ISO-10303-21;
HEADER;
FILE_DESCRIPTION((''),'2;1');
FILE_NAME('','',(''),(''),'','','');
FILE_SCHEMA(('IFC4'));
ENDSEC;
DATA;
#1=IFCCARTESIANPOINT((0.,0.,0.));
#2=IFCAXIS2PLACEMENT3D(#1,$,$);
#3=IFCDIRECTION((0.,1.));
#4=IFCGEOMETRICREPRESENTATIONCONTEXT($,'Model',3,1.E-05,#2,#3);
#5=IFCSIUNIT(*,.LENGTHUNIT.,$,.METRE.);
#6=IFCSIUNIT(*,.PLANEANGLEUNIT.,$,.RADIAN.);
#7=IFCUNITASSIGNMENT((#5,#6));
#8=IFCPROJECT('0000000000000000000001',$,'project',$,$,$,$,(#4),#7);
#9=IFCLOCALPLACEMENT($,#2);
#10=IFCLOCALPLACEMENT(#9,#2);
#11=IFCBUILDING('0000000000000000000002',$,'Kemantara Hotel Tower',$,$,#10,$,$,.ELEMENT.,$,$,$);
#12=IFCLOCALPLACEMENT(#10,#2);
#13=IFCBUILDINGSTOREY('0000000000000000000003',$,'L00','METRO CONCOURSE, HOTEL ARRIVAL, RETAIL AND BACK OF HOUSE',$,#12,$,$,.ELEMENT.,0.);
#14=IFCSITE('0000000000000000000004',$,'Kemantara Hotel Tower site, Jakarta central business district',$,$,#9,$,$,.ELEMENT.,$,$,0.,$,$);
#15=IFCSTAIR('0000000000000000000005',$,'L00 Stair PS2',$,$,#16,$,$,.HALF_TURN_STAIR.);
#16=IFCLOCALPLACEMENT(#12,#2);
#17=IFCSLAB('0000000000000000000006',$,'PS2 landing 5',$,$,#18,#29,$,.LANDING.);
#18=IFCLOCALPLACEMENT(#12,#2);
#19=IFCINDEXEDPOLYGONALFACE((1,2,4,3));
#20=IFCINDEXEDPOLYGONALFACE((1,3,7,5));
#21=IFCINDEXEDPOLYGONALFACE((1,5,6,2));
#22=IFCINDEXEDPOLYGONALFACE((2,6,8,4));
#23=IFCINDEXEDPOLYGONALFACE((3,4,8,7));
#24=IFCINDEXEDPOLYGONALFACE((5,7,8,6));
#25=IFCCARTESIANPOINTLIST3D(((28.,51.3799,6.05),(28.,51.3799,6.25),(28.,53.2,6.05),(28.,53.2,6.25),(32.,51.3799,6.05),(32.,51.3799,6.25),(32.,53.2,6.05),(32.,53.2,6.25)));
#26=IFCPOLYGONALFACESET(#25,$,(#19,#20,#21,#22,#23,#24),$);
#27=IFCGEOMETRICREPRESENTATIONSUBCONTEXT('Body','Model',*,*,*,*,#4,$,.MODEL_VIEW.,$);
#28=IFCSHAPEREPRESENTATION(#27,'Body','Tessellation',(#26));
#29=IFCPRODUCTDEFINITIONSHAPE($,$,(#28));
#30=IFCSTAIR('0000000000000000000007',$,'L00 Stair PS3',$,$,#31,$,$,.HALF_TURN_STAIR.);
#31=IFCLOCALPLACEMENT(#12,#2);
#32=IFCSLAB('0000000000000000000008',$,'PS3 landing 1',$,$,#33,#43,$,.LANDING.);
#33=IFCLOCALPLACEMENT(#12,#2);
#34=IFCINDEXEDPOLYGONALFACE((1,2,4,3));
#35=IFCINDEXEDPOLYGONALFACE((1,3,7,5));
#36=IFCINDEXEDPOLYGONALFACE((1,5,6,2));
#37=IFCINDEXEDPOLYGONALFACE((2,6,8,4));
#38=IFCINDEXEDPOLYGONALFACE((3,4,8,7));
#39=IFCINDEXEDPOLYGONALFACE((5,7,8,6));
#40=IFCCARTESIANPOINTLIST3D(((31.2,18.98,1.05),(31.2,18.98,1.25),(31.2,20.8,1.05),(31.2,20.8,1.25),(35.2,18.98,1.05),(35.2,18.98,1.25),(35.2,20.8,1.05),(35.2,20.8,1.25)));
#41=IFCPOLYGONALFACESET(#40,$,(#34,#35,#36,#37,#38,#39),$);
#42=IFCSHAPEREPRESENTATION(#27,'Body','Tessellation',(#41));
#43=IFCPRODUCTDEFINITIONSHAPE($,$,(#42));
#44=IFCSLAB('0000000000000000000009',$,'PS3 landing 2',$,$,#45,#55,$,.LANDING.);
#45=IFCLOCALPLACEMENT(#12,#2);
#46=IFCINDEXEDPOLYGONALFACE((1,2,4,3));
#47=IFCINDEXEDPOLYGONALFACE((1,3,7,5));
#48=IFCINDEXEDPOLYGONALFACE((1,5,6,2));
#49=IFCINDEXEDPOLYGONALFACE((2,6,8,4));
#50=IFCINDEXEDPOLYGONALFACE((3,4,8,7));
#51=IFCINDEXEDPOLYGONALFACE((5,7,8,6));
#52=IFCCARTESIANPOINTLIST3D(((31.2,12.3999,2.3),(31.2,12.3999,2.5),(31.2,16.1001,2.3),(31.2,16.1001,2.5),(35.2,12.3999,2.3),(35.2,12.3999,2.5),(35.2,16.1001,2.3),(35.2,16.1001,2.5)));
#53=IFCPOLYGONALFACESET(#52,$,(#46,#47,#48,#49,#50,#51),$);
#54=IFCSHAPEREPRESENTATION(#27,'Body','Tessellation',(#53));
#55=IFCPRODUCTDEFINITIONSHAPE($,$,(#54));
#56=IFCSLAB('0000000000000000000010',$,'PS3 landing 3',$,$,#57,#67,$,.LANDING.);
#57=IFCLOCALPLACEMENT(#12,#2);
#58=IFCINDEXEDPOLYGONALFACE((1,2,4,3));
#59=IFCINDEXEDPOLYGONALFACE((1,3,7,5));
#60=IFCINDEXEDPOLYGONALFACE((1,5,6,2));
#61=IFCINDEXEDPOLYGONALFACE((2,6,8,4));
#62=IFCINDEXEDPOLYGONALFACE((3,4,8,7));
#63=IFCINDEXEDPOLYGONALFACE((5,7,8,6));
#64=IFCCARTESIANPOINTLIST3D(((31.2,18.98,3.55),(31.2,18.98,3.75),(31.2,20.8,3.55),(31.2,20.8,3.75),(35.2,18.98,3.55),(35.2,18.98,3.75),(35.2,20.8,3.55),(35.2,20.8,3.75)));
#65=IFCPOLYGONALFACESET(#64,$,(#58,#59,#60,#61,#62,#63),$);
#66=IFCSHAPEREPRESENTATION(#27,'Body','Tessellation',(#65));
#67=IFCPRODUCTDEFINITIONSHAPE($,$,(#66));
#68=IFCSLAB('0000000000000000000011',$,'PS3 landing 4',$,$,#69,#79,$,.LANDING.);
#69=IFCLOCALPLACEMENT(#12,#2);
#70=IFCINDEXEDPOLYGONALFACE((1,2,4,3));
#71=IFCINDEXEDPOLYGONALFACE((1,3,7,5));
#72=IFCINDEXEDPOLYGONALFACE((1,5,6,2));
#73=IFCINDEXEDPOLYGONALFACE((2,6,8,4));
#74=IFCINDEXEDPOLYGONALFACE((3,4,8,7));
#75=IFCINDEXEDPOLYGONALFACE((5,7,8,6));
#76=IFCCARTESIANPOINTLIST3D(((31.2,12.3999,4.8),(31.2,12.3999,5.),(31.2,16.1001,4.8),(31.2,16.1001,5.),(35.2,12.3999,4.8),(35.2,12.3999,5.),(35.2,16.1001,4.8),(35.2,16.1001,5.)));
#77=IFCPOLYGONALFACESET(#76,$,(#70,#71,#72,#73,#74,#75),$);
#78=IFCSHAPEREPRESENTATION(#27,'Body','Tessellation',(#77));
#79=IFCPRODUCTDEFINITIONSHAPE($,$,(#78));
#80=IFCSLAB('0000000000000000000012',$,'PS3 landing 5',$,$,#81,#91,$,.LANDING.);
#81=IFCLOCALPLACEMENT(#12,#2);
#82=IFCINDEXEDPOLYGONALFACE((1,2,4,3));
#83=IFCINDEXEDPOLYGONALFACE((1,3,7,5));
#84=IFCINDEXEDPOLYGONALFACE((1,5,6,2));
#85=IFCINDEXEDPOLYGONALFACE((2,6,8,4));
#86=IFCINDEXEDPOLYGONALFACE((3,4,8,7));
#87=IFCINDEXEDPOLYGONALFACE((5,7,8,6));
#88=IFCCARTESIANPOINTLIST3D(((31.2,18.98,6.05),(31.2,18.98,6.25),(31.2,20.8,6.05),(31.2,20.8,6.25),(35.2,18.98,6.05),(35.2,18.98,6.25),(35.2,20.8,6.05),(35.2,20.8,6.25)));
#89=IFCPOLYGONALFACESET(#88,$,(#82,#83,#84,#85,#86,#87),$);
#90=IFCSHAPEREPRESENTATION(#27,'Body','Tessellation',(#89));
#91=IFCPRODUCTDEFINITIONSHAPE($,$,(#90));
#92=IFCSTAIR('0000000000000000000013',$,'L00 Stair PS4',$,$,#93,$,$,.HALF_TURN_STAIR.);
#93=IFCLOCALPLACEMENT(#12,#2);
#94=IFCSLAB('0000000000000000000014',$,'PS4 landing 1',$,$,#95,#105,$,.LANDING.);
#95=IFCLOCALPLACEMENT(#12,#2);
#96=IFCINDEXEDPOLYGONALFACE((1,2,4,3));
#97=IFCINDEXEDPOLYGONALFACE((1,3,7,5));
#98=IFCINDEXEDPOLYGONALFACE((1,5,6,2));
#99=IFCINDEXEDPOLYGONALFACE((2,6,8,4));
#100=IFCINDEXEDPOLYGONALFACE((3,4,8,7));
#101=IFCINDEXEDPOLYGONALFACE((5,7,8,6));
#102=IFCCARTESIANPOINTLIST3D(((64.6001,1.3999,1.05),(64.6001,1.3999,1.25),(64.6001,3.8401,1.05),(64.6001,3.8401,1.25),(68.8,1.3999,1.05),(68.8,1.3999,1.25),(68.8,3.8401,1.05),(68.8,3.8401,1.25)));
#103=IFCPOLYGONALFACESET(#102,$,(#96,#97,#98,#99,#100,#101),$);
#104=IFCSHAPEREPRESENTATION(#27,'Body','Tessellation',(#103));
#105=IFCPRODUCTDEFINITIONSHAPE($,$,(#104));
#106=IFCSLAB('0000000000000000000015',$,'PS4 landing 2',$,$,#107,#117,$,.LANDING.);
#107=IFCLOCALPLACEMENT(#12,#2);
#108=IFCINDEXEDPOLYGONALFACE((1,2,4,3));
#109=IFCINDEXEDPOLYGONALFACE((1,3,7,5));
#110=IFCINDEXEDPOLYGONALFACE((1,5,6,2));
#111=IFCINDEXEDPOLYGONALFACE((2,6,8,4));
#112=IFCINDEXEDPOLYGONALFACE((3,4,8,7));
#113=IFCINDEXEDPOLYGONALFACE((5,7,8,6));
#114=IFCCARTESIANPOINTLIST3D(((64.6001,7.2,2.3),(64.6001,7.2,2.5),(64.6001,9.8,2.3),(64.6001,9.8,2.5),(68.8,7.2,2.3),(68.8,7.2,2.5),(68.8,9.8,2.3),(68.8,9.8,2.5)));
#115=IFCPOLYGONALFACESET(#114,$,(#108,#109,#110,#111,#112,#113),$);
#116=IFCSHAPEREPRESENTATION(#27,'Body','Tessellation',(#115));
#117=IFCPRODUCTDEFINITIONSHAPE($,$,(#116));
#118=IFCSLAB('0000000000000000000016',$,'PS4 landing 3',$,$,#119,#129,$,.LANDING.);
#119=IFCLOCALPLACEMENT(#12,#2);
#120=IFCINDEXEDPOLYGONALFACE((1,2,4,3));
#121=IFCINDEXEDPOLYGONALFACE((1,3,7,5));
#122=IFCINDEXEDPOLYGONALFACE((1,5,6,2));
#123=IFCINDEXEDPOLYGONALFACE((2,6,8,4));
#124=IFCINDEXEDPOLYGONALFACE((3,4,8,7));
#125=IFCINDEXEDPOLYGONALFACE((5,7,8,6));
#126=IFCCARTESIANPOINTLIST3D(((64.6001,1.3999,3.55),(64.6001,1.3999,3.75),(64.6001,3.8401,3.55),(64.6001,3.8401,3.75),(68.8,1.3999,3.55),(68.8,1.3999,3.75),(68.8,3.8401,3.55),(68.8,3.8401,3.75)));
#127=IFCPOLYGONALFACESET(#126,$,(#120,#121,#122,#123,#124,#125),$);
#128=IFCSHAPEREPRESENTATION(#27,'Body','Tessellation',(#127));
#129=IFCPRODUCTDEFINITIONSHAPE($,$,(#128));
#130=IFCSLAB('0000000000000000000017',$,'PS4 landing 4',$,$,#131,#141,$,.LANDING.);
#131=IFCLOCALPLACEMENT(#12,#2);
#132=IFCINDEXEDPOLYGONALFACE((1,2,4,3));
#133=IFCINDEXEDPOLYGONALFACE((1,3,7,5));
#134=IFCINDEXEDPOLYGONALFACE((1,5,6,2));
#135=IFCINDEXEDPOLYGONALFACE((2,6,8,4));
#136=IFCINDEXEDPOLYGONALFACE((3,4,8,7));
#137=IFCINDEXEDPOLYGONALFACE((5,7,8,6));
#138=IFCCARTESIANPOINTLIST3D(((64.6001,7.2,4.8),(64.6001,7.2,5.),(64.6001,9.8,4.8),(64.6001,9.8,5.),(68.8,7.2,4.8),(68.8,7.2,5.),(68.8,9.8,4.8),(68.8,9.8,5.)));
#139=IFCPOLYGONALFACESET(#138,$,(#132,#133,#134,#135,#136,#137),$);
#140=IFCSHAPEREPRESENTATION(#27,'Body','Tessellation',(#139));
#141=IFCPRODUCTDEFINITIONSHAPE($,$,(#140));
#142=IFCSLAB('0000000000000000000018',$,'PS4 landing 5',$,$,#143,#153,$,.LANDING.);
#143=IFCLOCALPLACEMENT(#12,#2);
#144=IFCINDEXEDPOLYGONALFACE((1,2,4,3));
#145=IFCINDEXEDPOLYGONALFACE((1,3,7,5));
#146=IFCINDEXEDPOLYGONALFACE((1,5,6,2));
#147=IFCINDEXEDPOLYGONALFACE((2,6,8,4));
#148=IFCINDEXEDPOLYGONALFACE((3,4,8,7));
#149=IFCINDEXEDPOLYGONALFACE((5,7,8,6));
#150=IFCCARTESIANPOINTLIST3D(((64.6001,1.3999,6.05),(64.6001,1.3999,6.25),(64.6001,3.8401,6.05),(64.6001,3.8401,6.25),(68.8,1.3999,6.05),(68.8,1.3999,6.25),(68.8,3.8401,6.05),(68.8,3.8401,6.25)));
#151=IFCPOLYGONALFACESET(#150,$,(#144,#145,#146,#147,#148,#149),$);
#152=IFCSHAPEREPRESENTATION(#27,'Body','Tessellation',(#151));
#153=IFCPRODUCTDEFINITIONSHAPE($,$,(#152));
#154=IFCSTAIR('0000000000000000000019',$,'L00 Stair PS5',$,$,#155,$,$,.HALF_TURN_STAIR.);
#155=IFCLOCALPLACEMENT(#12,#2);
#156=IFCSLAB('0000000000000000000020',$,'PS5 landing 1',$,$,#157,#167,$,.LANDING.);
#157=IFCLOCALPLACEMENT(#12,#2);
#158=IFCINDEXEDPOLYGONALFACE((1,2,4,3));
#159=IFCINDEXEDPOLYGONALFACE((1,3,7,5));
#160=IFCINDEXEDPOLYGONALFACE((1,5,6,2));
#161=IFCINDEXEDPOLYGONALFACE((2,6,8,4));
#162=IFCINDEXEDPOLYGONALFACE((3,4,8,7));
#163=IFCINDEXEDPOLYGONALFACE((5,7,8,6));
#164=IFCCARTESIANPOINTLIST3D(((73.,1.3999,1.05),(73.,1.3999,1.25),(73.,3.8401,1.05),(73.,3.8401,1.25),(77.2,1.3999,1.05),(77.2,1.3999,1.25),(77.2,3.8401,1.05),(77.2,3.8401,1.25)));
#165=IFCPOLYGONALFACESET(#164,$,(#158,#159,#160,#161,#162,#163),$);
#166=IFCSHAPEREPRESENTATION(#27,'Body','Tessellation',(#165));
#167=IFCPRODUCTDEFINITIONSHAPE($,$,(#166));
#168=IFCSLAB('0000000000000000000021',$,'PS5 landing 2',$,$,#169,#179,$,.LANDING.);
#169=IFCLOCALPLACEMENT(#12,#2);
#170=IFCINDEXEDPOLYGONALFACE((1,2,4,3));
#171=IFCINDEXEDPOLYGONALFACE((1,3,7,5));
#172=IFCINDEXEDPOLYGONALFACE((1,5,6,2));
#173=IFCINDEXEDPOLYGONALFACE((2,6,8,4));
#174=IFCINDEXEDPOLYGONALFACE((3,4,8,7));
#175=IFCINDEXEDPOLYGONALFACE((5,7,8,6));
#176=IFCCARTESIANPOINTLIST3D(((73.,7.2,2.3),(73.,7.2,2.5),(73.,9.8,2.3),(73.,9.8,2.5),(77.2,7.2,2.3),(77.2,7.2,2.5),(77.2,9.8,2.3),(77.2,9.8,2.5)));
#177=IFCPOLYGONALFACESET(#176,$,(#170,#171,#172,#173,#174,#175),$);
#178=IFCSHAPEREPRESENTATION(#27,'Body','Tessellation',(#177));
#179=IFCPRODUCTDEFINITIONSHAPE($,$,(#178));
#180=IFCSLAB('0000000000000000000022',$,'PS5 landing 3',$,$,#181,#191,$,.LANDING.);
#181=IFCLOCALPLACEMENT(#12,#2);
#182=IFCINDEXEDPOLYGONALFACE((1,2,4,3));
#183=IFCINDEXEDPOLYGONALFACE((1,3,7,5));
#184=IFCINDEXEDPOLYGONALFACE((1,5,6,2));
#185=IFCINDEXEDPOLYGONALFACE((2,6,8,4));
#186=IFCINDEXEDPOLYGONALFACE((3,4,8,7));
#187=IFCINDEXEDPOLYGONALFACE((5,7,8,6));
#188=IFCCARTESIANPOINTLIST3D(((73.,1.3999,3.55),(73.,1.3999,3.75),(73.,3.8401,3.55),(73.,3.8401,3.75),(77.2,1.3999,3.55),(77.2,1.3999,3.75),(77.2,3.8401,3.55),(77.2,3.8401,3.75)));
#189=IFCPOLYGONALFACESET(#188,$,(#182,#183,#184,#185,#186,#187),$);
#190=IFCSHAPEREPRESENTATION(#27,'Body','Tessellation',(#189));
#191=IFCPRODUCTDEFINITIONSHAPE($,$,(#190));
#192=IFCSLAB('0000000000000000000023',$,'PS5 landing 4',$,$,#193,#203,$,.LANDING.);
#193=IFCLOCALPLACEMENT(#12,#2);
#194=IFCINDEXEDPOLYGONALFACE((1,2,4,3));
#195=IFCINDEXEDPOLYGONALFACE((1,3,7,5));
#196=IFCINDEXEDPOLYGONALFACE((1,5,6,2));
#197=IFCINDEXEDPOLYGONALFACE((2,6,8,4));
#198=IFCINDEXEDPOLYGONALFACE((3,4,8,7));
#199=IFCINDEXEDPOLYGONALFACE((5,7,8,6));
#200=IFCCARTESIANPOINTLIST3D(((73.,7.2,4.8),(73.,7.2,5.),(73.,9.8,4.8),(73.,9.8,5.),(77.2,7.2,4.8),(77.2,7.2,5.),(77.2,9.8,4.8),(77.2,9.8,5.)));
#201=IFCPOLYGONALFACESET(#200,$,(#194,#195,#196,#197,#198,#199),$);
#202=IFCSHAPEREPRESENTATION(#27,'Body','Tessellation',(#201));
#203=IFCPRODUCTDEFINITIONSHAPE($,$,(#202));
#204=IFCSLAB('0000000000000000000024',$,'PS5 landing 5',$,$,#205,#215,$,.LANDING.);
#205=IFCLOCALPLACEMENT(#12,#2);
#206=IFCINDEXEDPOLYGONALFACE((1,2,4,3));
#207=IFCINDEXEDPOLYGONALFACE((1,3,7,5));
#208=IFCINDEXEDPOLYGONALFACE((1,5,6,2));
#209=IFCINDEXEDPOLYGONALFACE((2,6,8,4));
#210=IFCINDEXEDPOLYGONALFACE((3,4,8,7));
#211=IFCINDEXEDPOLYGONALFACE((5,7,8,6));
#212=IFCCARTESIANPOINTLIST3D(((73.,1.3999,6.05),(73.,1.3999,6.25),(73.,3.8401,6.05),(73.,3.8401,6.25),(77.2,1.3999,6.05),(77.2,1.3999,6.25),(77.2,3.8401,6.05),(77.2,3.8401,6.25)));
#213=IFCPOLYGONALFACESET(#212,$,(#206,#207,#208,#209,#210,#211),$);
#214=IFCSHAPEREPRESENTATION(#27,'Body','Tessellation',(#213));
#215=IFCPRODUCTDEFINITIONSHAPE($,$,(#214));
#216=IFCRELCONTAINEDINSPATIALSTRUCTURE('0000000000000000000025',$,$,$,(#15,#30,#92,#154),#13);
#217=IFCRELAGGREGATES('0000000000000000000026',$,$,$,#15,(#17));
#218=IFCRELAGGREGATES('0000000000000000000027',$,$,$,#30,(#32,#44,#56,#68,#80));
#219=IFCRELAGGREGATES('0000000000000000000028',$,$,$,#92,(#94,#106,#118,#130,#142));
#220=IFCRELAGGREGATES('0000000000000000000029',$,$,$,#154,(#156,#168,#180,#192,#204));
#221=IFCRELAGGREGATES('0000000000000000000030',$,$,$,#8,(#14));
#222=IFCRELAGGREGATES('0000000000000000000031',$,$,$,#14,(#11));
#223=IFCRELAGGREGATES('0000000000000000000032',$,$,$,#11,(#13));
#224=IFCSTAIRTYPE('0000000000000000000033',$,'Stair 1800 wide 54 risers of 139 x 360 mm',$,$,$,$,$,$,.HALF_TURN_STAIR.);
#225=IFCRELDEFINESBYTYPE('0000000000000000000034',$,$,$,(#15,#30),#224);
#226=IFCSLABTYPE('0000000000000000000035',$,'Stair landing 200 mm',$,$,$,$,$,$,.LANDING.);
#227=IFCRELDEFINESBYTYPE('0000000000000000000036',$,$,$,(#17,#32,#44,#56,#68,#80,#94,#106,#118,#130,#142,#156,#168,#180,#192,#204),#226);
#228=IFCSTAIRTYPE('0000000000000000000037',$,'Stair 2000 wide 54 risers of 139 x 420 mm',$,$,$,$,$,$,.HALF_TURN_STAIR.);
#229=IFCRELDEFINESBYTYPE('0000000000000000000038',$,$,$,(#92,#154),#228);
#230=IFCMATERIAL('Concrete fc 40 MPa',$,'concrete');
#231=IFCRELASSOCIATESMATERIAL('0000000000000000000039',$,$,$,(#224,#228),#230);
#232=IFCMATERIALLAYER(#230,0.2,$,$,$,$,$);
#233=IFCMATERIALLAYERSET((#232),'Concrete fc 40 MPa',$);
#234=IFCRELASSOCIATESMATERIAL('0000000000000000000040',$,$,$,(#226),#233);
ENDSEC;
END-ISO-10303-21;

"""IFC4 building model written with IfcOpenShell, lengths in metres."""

from ifc_helpers import new_model, si_unit, direction, frame, origin, place, context, subcontext, project, spatial, polyline, outline, extrude, material, layer, layer_set, type_object, element, aggregate, save


model = new_model("IFC4")

# Units and contexts
model_context = context("Model", 3, precision=1e-05, world=origin(), true_north=direction((0.0, 1.0)))
body_context = subcontext(model_context, "Body", "Model", "MODEL_VIEW")
ifc_project = project(units=[si_unit("LENGTHUNIT", "METRE"), si_unit("PLANEANGLEUNIT", "RADIAN")], contexts=[model_context])

# Site, building, storey
site_placement = place(None, origin())
site = spatial("IfcSite", under=ifc_project, at=site_placement, Name="Kemantara Hotel Tower site, Jakarta central business district", CompositionType="ELEMENT", RefElevation=0.0)
building_placement = place(site_placement, origin())
building = spatial("IfcBuilding", under=site, at=building_placement, Name="Kemantara Hotel Tower", CompositionType="ELEMENT")
storey_placement = place(building_placement, origin())
storey = spatial("IfcBuildingStorey", under=building, at=storey_placement, Name="L00", Description="METRO CONCOURSE, HOTEL ARRIVAL, RETAIL AND BACK OF HOUSE", CompositionType="ELEMENT", Elevation=0.0)

# Stairs, slabs
ifc_material_1 = material(Name="Concrete fc 40 MPa", Category="concrete")
stair_type_1 = type_object("IfcStairType", Name="Stair 1800 wide 54 risers of 139 x 360 mm", PredefinedType="HALF_TURN_STAIR", material=ifc_material_1)
ifc_layer_1 = layer(ifc_material_1, 0.2)
ifc_layer_set_1 = layer_set([ifc_layer_1], Name="Concrete fc 40 MPa")
slab_type = type_object("IfcSlabType", Name="Stair landing 200 mm", PredefinedType="LANDING", material=ifc_layer_set_1)
stair_1_placement = place(storey_placement, origin())
stair_1 = element("IfcStair", 1, at=stair_1_placement, inside=storey, type_object=stair_type_1, Name="L00 Stair PS2", PredefinedType="HALF_TURN_STAIR")
slab_1_placement = place(storey_placement, frame((0.0, 0.0, 6.05)))
slab_1 = element("IfcSlab", 2, at=slab_1_placement, type_object=slab_type, Name="PS2 landing 5", PredefinedType="LANDING", context=body_context, shape_type="SweptSolid", body=[
    extrude(outline(polyline([(32.0, 51.3799), (32.0, 53.2), (28.0, 53.2), (28.0, 51.3799), (32.0, 51.3799)])), origin(), (0.0, 0.0, 1.0), 0.2),
])
aggregate(stair_1, [slab_1])
stair_2_placement = place(storey_placement, origin())
stair_2 = element("IfcStair", 3, at=stair_2_placement, inside=storey, type_object=stair_type_1, Name="L00 Stair PS3", PredefinedType="HALF_TURN_STAIR")
slab_2_placement = place(storey_placement, frame((0.0, 0.0, 1.05)))
slab_2 = element("IfcSlab", 4, at=slab_2_placement, type_object=slab_type, Name="PS3 landing 1", PredefinedType="LANDING", context=body_context, shape_type="SweptSolid", body=[
    extrude(outline(polyline([(35.2, 18.98), (35.2, 20.8), (31.2, 20.8), (31.2, 18.98), (35.2, 18.98)])), origin(), (0.0, 0.0, 1.0), 0.2),
])
slab_3_placement = place(storey_placement, frame((0.0, 0.0, 2.3)))
slab_3 = element("IfcSlab", 5, at=slab_3_placement, type_object=slab_type, Name="PS3 landing 2", PredefinedType="LANDING", context=body_context, shape_type="SweptSolid", body=[
    extrude(outline(polyline([(35.2, 12.3999), (35.2, 16.1001), (31.2, 16.1001), (31.2, 12.3999), (35.2, 12.3999)])), origin(), (0.0, 0.0, 1.0), 0.2),
])
slab_4_placement = place(storey_placement, frame((0.0, 0.0, 3.55)))
slab_4 = element("IfcSlab", 6, at=slab_4_placement, type_object=slab_type, Name="PS3 landing 3", PredefinedType="LANDING", context=body_context, shape_type="SweptSolid", body=[
    extrude(outline(polyline([(35.2, 18.98), (35.2, 20.8), (31.2, 20.8), (31.2, 18.98), (35.2, 18.98)])), origin(), (0.0, 0.0, 1.0), 0.2),
])
slab_5_placement = place(storey_placement, frame((0.0, 0.0, 4.8)))
slab_5 = element("IfcSlab", 7, at=slab_5_placement, type_object=slab_type, Name="PS3 landing 4", PredefinedType="LANDING", context=body_context, shape_type="SweptSolid", body=[
    extrude(outline(polyline([(35.2, 12.3999), (35.2, 16.1001), (31.2, 16.1001), (31.2, 12.3999), (35.2, 12.3999)])), origin(), (0.0, 0.0, 1.0), 0.2),
])
slab_6_placement = place(storey_placement, frame((0.0, 0.0, 6.05)))
slab_6 = element("IfcSlab", 8, at=slab_6_placement, type_object=slab_type, Name="PS3 landing 5", PredefinedType="LANDING", context=body_context, shape_type="SweptSolid", body=[
    extrude(outline(polyline([(35.2, 18.98), (35.2, 20.8), (31.2, 20.8), (31.2, 18.98), (35.2, 18.98)])), origin(), (0.0, 0.0, 1.0), 0.2),
])
aggregate(stair_2, [slab_2, slab_3, slab_4, slab_5, slab_6])
stair_type_2 = type_object("IfcStairType", Name="Stair 2000 wide 54 risers of 139 x 420 mm", PredefinedType="HALF_TURN_STAIR", material=ifc_material_1)
stair_3_placement = place(storey_placement, origin())
stair_3 = element("IfcStair", 9, at=stair_3_placement, inside=storey, type_object=stair_type_2, Name="L00 Stair PS4", PredefinedType="HALF_TURN_STAIR")
slab_7_placement = place(storey_placement, frame((0.0, 0.0, 1.05)))
slab_7 = element("IfcSlab", 10, at=slab_7_placement, type_object=slab_type, Name="PS4 landing 1", PredefinedType="LANDING", context=body_context, shape_type="SweptSolid", body=[
    extrude(outline(polyline([(64.6001, 3.8401), (64.6001, 1.3999), (68.8, 1.3999), (68.8, 3.8401), (64.6001, 3.8401)])), origin(), (0.0, 0.0, 1.0), 0.2),
])
slab_8_placement = place(storey_placement, frame((0.0, 0.0, 2.3)))
slab_8 = element("IfcSlab", 11, at=slab_8_placement, type_object=slab_type, Name="PS4 landing 2", PredefinedType="LANDING", context=body_context, shape_type="SweptSolid", body=[
    extrude(outline(polyline([(64.6001, 9.8), (64.6001, 7.2), (68.8, 7.2), (68.8, 9.8), (64.6001, 9.8)])), origin(), (0.0, 0.0, 1.0), 0.2),
])
slab_9_placement = place(storey_placement, frame((0.0, 0.0, 3.55)))
slab_9 = element("IfcSlab", 12, at=slab_9_placement, type_object=slab_type, Name="PS4 landing 3", PredefinedType="LANDING", context=body_context, shape_type="SweptSolid", body=[
    extrude(outline(polyline([(64.6001, 3.8401), (64.6001, 1.3999), (68.8, 1.3999), (68.8, 3.8401), (64.6001, 3.8401)])), origin(), (0.0, 0.0, 1.0), 0.2),
])
slab_10_placement = place(storey_placement, frame((0.0, 0.0, 4.8)))
slab_10 = element("IfcSlab", 13, at=slab_10_placement, type_object=slab_type, Name="PS4 landing 4", PredefinedType="LANDING", context=body_context, shape_type="SweptSolid", body=[
    extrude(outline(polyline([(64.6001, 9.8), (64.6001, 7.2), (68.8, 7.2), (68.8, 9.8), (64.6001, 9.8)])), origin(), (0.0, 0.0, 1.0), 0.2),
])
slab_11_placement = place(storey_placement, frame((0.0, 0.0, 6.05)))
slab_11 = element("IfcSlab", 14, at=slab_11_placement, type_object=slab_type, Name="PS4 landing 5", PredefinedType="LANDING", context=body_context, shape_type="SweptSolid", body=[
    extrude(outline(polyline([(64.6001, 3.8401), (64.6001, 1.3999), (68.8, 1.3999), (68.8, 3.8401), (64.6001, 3.8401)])), origin(), (0.0, 0.0, 1.0), 0.2),
])
aggregate(stair_3, [slab_7, slab_8, slab_9, slab_10, slab_11])
stair_4_placement = place(storey_placement, origin())
stair_4 = element("IfcStair", 15, at=stair_4_placement, inside=storey, type_object=stair_type_2, Name="L00 Stair PS5", PredefinedType="HALF_TURN_STAIR")
slab_12_placement = place(storey_placement, frame((0.0, 0.0, 1.05)))
slab_12 = element("IfcSlab", 16, at=slab_12_placement, type_object=slab_type, Name="PS5 landing 1", PredefinedType="LANDING", context=body_context, shape_type="SweptSolid", body=[
    extrude(outline(polyline([(73.0, 3.8401), (73.0, 1.3999), (77.2, 1.3999), (77.2, 3.8401), (73.0, 3.8401)])), origin(), (0.0, 0.0, 1.0), 0.2),
])
slab_13_placement = place(storey_placement, frame((0.0, 0.0, 2.3)))
slab_13 = element("IfcSlab", 17, at=slab_13_placement, type_object=slab_type, Name="PS5 landing 2", PredefinedType="LANDING", context=body_context, shape_type="SweptSolid", body=[
    extrude(outline(polyline([(73.0, 9.8), (73.0, 7.2), (77.2, 7.2), (77.2, 9.8), (73.0, 9.8)])), origin(), (0.0, 0.0, 1.0), 0.2),
])
slab_14_placement = place(storey_placement, frame((0.0, 0.0, 3.55)))
slab_14 = element("IfcSlab", 18, at=slab_14_placement, type_object=slab_type, Name="PS5 landing 3", PredefinedType="LANDING", context=body_context, shape_type="SweptSolid", body=[
    extrude(outline(polyline([(73.0, 3.8401), (73.0, 1.3999), (77.2, 1.3999), (77.2, 3.8401), (73.0, 3.8401)])), origin(), (0.0, 0.0, 1.0), 0.2),
])
slab_15_placement = place(storey_placement, frame((0.0, 0.0, 4.8)))
slab_15 = element("IfcSlab", 19, at=slab_15_placement, type_object=slab_type, Name="PS5 landing 4", PredefinedType="LANDING", context=body_context, shape_type="SweptSolid", body=[
    extrude(outline(polyline([(73.0, 9.8), (73.0, 7.2), (77.2, 7.2), (77.2, 9.8), (73.0, 9.8)])), origin(), (0.0, 0.0, 1.0), 0.2),
])
slab_16_placement = place(storey_placement, frame((0.0, 0.0, 6.05)))
slab_16 = element("IfcSlab", 20, at=slab_16_placement, type_object=slab_type, Name="PS5 landing 5", PredefinedType="LANDING", context=body_context, shape_type="SweptSolid", body=[
    extrude(outline(polyline([(73.0, 3.8401), (73.0, 1.3999), (77.2, 1.3999), (77.2, 3.8401), (73.0, 3.8401)])), origin(), (0.0, 0.0, 1.0), 0.2),
])
aggregate(stair_4, [slab_12, slab_13, slab_14, slab_15, slab_16])

save(model, "model.ifc")
